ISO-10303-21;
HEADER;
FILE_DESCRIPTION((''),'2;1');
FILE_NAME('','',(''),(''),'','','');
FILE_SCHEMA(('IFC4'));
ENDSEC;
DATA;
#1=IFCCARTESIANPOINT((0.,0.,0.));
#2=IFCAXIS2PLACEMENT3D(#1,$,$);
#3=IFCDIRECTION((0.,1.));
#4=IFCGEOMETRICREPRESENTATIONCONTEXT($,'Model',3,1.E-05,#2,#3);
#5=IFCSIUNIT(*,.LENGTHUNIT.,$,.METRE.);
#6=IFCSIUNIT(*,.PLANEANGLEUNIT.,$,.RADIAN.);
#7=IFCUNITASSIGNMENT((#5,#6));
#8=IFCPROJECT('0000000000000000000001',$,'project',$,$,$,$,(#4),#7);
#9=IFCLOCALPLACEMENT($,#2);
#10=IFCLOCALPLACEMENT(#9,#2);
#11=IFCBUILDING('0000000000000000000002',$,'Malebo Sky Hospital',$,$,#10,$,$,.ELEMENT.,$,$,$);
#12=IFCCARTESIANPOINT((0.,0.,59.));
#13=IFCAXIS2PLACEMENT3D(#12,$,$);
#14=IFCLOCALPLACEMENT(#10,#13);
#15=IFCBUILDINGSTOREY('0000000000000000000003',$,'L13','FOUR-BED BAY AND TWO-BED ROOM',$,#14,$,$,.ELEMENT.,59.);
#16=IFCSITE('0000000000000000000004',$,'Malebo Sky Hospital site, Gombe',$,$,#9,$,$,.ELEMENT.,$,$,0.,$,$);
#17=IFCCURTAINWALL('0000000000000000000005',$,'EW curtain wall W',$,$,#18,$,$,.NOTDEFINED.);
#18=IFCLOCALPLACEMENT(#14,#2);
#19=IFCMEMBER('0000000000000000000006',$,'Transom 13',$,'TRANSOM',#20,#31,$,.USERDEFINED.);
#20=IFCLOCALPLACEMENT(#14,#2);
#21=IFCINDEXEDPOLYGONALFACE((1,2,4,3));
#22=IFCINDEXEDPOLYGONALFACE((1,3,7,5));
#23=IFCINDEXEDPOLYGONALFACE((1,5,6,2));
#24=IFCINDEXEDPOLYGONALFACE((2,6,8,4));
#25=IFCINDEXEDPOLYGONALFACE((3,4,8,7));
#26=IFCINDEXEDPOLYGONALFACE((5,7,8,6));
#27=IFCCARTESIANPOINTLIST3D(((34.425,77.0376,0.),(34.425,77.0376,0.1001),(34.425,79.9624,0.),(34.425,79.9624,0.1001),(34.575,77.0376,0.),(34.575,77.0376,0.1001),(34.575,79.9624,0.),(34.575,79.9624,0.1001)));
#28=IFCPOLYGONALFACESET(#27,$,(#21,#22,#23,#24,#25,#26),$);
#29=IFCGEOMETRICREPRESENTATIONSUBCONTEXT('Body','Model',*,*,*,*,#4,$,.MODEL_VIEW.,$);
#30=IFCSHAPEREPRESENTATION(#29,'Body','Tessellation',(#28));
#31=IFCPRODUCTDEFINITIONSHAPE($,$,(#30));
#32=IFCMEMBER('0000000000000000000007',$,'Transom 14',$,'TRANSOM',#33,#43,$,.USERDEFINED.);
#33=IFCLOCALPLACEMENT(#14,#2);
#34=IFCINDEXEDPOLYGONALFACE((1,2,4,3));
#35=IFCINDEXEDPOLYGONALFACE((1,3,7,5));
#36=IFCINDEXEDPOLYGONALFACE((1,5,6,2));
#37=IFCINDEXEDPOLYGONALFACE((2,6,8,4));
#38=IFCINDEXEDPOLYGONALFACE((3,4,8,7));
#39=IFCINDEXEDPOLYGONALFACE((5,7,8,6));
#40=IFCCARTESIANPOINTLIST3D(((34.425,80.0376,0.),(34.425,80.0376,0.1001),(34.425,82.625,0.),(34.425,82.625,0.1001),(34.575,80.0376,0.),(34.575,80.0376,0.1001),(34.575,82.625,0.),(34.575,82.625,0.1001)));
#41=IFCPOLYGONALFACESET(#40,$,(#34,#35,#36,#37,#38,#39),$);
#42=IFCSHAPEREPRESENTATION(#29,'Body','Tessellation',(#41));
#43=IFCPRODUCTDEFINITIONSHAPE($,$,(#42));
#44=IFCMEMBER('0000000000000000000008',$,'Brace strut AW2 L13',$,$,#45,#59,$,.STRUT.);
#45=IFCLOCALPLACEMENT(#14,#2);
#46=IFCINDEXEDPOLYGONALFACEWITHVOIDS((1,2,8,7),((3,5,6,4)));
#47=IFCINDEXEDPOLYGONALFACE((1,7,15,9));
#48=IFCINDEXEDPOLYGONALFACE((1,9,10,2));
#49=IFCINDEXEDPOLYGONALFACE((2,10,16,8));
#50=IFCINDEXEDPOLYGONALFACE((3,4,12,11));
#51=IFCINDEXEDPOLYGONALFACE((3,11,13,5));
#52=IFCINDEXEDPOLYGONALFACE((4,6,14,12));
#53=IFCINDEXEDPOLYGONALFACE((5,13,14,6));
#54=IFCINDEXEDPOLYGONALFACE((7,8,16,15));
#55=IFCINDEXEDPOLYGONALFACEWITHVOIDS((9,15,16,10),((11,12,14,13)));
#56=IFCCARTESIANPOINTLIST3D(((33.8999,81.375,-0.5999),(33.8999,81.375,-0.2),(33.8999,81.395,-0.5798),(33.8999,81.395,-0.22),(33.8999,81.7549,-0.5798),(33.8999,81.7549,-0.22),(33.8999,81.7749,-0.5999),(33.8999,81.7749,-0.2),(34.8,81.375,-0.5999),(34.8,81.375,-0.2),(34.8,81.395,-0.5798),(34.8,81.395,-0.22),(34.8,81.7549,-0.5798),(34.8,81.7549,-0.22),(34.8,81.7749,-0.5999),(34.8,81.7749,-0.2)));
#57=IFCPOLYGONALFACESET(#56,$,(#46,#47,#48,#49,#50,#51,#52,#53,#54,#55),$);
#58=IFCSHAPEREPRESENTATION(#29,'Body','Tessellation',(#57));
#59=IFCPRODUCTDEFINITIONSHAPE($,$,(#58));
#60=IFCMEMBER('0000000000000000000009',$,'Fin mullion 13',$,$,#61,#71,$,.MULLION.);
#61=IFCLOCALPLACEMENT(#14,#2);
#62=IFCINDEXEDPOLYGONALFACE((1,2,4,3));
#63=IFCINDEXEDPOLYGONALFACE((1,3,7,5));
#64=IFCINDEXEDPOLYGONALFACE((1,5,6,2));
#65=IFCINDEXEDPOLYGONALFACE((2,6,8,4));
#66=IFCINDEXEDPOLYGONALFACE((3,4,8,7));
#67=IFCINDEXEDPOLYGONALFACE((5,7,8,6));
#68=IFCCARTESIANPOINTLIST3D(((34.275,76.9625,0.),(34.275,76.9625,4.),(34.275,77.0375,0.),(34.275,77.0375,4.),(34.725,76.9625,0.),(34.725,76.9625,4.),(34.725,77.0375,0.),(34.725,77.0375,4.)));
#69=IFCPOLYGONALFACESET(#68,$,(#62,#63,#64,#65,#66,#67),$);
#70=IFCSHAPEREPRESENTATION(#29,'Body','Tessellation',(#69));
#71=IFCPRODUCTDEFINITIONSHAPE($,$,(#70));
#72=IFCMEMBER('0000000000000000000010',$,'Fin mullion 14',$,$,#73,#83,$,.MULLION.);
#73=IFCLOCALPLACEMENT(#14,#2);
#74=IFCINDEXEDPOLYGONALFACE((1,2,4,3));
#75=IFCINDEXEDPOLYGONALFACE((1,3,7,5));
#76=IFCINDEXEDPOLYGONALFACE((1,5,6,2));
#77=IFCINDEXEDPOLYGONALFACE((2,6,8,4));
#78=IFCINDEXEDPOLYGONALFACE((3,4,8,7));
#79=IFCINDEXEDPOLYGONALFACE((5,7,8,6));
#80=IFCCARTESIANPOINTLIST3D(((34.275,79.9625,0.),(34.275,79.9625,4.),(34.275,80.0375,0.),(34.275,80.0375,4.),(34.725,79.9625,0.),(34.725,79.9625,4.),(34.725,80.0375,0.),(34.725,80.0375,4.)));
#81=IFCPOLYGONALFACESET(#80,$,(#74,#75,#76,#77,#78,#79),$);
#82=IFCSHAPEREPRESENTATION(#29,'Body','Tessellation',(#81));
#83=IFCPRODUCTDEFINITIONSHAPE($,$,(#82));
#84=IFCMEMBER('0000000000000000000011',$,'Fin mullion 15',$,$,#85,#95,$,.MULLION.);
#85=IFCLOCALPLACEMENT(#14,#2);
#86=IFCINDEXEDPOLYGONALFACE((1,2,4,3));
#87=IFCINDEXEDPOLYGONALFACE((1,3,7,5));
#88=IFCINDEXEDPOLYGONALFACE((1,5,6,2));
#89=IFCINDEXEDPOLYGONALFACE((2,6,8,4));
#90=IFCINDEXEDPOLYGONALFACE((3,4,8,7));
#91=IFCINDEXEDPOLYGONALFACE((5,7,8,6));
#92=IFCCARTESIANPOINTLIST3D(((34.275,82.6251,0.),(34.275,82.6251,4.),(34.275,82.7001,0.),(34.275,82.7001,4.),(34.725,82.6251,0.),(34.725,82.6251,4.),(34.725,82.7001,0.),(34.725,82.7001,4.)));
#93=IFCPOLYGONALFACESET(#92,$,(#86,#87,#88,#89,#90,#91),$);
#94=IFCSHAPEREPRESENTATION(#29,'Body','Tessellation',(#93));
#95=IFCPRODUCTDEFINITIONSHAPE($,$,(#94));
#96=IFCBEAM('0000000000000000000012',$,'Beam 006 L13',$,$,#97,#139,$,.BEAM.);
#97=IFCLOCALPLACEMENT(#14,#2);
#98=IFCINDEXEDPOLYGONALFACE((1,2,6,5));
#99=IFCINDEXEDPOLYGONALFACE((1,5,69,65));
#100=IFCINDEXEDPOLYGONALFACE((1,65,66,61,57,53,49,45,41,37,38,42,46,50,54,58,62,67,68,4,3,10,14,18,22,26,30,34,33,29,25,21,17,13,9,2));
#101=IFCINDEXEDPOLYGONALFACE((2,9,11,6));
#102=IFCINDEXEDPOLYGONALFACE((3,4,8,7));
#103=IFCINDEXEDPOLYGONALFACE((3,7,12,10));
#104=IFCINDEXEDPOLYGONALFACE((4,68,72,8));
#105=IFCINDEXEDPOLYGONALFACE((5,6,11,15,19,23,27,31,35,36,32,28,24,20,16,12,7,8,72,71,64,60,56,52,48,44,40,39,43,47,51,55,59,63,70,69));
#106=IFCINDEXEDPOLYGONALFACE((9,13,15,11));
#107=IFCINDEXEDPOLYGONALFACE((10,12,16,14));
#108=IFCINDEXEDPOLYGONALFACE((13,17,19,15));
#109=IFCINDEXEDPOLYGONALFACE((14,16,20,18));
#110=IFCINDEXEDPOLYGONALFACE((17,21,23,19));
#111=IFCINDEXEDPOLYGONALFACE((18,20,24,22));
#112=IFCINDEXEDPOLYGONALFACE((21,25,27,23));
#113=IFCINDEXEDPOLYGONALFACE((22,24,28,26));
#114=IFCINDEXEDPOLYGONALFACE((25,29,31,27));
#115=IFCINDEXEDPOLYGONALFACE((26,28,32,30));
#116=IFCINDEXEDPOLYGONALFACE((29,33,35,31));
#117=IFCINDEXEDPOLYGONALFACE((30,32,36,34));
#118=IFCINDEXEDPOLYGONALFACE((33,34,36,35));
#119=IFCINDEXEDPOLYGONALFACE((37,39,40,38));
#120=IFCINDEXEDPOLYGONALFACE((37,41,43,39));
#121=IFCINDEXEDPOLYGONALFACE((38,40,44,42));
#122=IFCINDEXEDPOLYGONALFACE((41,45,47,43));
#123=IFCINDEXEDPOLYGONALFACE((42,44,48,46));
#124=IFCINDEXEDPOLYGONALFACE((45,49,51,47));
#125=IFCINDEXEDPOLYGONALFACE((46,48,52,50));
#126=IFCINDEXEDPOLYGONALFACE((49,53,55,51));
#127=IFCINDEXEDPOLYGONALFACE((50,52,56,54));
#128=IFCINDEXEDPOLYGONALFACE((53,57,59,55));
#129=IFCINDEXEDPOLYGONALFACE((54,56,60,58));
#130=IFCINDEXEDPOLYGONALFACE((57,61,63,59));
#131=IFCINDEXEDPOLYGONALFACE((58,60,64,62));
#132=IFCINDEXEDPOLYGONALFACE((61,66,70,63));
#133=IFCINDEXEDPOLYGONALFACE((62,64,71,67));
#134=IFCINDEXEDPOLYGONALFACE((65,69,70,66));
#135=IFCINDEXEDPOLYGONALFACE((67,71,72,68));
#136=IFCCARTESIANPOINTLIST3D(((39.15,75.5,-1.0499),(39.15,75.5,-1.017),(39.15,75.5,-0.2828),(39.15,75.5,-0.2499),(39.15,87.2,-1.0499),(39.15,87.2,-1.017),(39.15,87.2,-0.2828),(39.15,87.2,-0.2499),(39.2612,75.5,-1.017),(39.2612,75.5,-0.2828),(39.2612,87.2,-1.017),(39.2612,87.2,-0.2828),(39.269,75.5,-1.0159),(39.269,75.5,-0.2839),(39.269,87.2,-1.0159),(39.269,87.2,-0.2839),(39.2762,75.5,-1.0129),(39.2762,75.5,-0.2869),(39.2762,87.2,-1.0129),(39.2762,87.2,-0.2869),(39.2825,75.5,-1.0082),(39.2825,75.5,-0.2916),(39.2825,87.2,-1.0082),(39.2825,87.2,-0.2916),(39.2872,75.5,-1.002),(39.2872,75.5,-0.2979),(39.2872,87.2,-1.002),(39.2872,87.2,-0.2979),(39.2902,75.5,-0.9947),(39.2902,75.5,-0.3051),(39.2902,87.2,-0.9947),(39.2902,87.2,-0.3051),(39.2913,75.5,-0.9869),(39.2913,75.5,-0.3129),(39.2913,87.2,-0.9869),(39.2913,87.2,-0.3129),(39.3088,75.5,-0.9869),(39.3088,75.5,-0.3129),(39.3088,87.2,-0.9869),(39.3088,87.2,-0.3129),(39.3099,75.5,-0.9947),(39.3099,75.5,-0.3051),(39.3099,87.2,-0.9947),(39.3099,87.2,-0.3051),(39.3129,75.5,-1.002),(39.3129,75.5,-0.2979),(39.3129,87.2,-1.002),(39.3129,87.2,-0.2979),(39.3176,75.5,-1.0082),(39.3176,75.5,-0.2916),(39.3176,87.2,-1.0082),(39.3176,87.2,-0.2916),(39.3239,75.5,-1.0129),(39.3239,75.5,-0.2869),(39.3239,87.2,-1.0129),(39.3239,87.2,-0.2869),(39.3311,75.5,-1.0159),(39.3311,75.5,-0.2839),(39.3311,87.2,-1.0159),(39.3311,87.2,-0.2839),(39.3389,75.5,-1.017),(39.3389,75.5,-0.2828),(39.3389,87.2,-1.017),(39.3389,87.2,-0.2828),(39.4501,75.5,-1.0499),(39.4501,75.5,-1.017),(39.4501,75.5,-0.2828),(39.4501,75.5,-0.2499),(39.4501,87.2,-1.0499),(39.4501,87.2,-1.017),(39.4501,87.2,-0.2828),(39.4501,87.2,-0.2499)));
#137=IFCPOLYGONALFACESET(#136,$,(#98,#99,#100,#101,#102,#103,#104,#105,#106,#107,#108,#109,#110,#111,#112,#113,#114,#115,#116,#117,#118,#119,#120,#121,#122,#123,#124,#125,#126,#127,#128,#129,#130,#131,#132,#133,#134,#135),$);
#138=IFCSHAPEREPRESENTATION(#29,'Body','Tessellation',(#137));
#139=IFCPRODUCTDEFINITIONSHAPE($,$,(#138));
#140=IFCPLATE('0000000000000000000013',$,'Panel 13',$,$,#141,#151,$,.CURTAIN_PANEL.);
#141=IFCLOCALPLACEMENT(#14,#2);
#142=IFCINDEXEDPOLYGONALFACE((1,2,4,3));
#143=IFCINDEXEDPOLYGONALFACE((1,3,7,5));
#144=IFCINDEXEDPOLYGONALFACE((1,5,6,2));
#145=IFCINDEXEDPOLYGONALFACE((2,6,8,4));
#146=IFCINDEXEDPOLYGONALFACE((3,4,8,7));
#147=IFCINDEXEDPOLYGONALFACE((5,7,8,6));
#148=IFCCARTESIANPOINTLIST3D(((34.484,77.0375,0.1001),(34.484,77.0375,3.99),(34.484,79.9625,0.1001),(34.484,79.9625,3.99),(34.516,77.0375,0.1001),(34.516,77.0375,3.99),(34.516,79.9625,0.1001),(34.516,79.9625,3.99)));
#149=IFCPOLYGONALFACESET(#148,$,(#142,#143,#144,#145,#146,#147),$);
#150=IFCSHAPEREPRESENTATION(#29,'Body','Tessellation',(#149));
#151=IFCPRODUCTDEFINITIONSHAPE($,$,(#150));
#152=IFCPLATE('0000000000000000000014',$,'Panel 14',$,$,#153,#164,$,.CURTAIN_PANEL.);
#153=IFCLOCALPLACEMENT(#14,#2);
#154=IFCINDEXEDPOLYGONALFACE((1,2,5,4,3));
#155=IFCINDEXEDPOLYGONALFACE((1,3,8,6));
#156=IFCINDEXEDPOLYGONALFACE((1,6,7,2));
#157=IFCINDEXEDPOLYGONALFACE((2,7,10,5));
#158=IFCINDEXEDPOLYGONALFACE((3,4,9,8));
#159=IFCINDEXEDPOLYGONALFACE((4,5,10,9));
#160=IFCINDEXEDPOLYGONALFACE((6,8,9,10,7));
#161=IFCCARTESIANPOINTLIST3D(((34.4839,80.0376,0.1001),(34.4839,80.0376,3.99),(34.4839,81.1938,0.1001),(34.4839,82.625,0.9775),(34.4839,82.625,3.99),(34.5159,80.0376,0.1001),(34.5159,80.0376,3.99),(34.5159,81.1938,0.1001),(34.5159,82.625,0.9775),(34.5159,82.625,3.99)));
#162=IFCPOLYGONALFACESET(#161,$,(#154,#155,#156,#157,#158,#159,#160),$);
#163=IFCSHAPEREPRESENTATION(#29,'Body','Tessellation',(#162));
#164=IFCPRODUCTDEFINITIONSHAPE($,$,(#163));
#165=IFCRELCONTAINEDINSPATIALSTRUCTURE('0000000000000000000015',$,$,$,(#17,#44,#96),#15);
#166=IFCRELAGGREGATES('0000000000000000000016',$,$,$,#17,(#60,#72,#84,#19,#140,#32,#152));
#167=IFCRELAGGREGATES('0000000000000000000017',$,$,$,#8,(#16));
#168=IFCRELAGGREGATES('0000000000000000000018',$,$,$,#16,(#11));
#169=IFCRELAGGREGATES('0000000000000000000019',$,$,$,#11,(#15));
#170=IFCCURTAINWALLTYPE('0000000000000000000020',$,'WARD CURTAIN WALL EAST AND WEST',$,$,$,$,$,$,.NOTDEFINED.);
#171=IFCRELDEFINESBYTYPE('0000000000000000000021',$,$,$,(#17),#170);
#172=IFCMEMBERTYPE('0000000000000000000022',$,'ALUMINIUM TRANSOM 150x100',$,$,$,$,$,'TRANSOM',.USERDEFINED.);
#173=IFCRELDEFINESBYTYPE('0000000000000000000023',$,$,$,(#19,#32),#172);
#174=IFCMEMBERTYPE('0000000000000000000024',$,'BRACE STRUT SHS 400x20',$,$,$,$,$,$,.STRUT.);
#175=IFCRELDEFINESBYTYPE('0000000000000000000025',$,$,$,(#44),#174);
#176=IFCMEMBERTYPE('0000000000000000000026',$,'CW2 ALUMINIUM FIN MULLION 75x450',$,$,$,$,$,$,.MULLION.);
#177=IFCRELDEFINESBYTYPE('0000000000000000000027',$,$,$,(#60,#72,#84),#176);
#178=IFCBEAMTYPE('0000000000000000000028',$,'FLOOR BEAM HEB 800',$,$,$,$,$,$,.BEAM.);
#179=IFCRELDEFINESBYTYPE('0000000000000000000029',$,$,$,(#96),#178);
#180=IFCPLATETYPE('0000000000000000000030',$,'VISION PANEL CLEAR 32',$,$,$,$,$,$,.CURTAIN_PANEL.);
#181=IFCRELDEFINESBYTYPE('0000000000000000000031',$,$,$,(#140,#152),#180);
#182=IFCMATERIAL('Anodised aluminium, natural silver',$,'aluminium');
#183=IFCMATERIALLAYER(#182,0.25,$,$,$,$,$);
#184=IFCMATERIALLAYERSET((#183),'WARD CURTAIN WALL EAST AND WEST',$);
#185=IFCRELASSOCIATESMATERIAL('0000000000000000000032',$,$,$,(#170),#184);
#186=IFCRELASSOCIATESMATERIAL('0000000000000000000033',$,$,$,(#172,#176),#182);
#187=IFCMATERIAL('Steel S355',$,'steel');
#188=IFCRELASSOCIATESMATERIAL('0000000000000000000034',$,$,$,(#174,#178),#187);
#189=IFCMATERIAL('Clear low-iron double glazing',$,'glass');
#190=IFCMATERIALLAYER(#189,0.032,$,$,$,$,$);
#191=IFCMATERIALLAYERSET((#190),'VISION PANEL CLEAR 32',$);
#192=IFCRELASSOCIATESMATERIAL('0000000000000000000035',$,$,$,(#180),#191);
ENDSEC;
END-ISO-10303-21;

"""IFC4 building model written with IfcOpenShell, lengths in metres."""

from ifc_helpers import new_model, si_unit, direction, frame, origin, origin_2d, place, context, subcontext, project, spatial, polyline, rectangle, hollow_rectangle, i_section, outline, extrude, material, layer, layer_set, material_profile, profile_set, type_object, element, aggregate, save


model = new_model("IFC4")

# Units and contexts
model_context = context("Model", 3, precision=1e-05, world=origin(), true_north=direction((0.0, 1.0)))
body_context = subcontext(model_context, "Body", "Model", "MODEL_VIEW")
ifc_project = project(units=[si_unit("LENGTHUNIT", "METRE"), si_unit("PLANEANGLEUNIT", "RADIAN")], contexts=[model_context])

# Site, building, storey
site_placement = place(None, origin())
site = spatial("IfcSite", under=ifc_project, at=site_placement, Name="Malebo Sky Hospital site, Gombe", CompositionType="ELEMENT", RefElevation=0.0)
building_placement = place(site_placement, origin())
building = spatial("IfcBuilding", under=site, at=building_placement, Name="Malebo Sky Hospital", CompositionType="ELEMENT")
storey_placement = place(building_placement, frame((0.0, 0.0, 59.0)))
storey = spatial("IfcBuildingStorey", under=building, at=storey_placement, Name="L13", Description="FOUR-BED BAY AND TWO-BED ROOM", CompositionType="ELEMENT", Elevation=59.0)

# Curtain wall, members
ifc_material_1 = material(Name="Anodised aluminium, natural silver", Category="aluminium")
ifc_layer_1 = layer(ifc_material_1, 0.25)
ifc_layer_set_1 = layer_set([ifc_layer_1], Name="WARD CURTAIN WALL EAST AND WEST")
curtain_wall_type = type_object("IfcCurtainWallType", Name="WARD CURTAIN WALL EAST AND WEST", PredefinedType="NOTDEFINED", material=ifc_layer_set_1)
curtain_wall_placement = place(storey_placement, origin())
curtain_wall = element("IfcCurtainWall", 1, at=curtain_wall_placement, inside=storey, type_object=curtain_wall_type, Name="EW curtain wall W", PredefinedType="NOTDEFINED")
ifc_material_profile_1 = material_profile(ifc_material_1, rectangle(XDim=0.1499, YDim=0.1001, at=origin_2d()), Name="ALUMINIUM TRANSOM 150x100")
ifc_profile_set_1 = profile_set([ifc_material_profile_1], Name="Anodised aluminium, natural silver")
member_type_1 = type_object("IfcMemberType", Name="ALUMINIUM TRANSOM 150x100", ElementType="TRANSOM", PredefinedType="USERDEFINED", material=ifc_profile_set_1)
member_1_placement = place(storey_placement, frame((34.5, 77.0376, 0.05), z_axis=(0.0, 1.0, 0.0), x_axis=(-1.0, 0.0, 0.0)))
member_1 = element("IfcMember", 2, at=member_1_placement, type_object=member_type_1, Name="Transom 13", ObjectType="TRANSOM", PredefinedType="USERDEFINED", context=body_context, shape_type="SweptSolid", body=[
    extrude(rectangle(XDim=0.1499, YDim=0.1001, at=origin_2d()), origin(), (0.0, 0.0, 1.0), 2.9248),
])
member_2_placement = place(storey_placement, frame((34.5, 80.0376, 0.05), z_axis=(0.0, 1.0, 0.0), x_axis=(-1.0, 0.0, 0.0)))
member_2 = element("IfcMember", 3, at=member_2_placement, type_object=member_type_1, Name="Transom 14", ObjectType="TRANSOM", PredefinedType="USERDEFINED", context=body_context, shape_type="SweptSolid", body=[
    extrude(rectangle(XDim=0.1499, YDim=0.1001, at=origin_2d()), origin(), (0.0, 0.0, 1.0), 2.5874),
])

# Members
ifc_material_2 = material(Name="Steel S355", Category="steel")
ifc_material_profile_2 = material_profile(ifc_material_2, hollow_rectangle(XDim=0.3999, YDim=0.3999, WallThickness=0.02, at=origin_2d()), Name="SHS 400x20")
ifc_profile_set_2 = profile_set([ifc_material_profile_2], Name="Steel S355")
member_type_2 = type_object("IfcMemberType", Name="BRACE STRUT SHS 400x20", PredefinedType="STRUT", material=ifc_profile_set_2)
member_3_placement = place(storey_placement, frame((33.8999, 81.575, -0.3999), z_axis=(1.0, 0.0, 0.0), x_axis=(0.0, 1.0, 0.0)))
element("IfcMember", 4, at=member_3_placement, inside=storey, type_object=member_type_2, Name="Brace strut AW2 L13", PredefinedType="STRUT", context=body_context, shape_type="SweptSolid", body=[
    extrude(hollow_rectangle(XDim=0.3999, YDim=0.3999, WallThickness=0.02, at=origin_2d()), origin(), (0.0, 0.0, 1.0), 0.9001),
])
ifc_material_profile_3 = material_profile(ifc_material_1, rectangle(XDim=0.075, YDim=0.45, at=origin_2d()), Name="CW2 ALUMINIUM FIN MULLION 75x450")
ifc_profile_set_3 = profile_set([ifc_material_profile_3], Name="Anodised aluminium, natural silver")
member_type_3 = type_object("IfcMemberType", Name="CW2 ALUMINIUM FIN MULLION 75x450", PredefinedType="MULLION", material=ifc_profile_set_3)
member_4_placement = place(storey_placement, frame((34.5, 77.0, 0.0), z_axis=(0.0, 0.0, 1.0), x_axis=(0.0, 1.0, 0.0)))
member_4 = element("IfcMember", 5, at=member_4_placement, type_object=member_type_3, Name="Fin mullion 13", PredefinedType="MULLION", context=body_context, shape_type="SweptSolid", body=[
    extrude(rectangle(XDim=0.075, YDim=0.45, at=origin_2d()), origin(), (0.0, 0.0, 1.0), 4.0),
])
member_5_placement = place(storey_placement, frame((34.5, 80.0, 0.0), z_axis=(0.0, 0.0, 1.0), x_axis=(0.0, 1.0, 0.0)))
member_5 = element("IfcMember", 6, at=member_5_placement, type_object=member_type_3, Name="Fin mullion 14", PredefinedType="MULLION", context=body_context, shape_type="SweptSolid", body=[
    extrude(rectangle(XDim=0.075, YDim=0.45, at=origin_2d()), origin(), (0.0, 0.0, 1.0), 4.0),
])
member_6_placement = place(storey_placement, frame((34.5, 82.6626, 0.0), z_axis=(0.0, 0.0, 1.0), x_axis=(0.0, 1.0, 0.0)))
member_6 = element("IfcMember", 7, at=member_6_placement, type_object=member_type_3, Name="Fin mullion 15", PredefinedType="MULLION", context=body_context, shape_type="SweptSolid", body=[
    extrude(rectangle(XDim=0.075, YDim=0.45, at=origin_2d()), origin(), (0.0, 0.0, 1.0), 4.0),
])

# Beam
ifc_material_profile_4 = material_profile(ifc_material_2, i_section(OverallWidth=0.3, OverallDepth=0.8, WebThickness=0.0176, FlangeThickness=0.033, FilletRadius=0.03, at=origin_2d()), Name="HEB 800")
ifc_profile_set_4 = profile_set([ifc_material_profile_4], Name="Steel S355")
beam_type = type_object("IfcBeamType", Name="FLOOR BEAM HEB 800", PredefinedType="BEAM", material=ifc_profile_set_4)
beam_placement = place(storey_placement, frame((39.3, 75.5, -0.6499), z_axis=(0.0, 1.0, 0.0), x_axis=(-1.0, 0.0, 0.0)))
element("IfcBeam", 8, at=beam_placement, inside=storey, type_object=beam_type, Name="Beam 006 L13", PredefinedType="BEAM", context=body_context, shape_type="SweptSolid", body=[
    extrude(i_section(OverallWidth=0.3, OverallDepth=0.8, WebThickness=0.0176, FlangeThickness=0.033, FilletRadius=0.03, at=origin_2d()), origin(), (0.0, 0.0, 1.0), 11.7),
])

# Plates
ifc_material_3 = material(Name="Clear low-iron double glazing", Category="glass")
ifc_layer_2 = layer(ifc_material_3, 0.032)
ifc_layer_set_2 = layer_set([ifc_layer_2], Name="VISION PANEL CLEAR 32")
plate_type = type_object("IfcPlateType", Name="VISION PANEL CLEAR 32", PredefinedType="CURTAIN_PANEL", material=ifc_layer_set_2)
plate_1_placement = place(storey_placement, frame((34.5, 78.5, 0.1001), z_axis=(0.0, 0.0, 1.0), x_axis=(0.0, 1.0, 0.0)))
plate_1 = element("IfcPlate", 9, at=plate_1_placement, type_object=plate_type, Name="Panel 13", PredefinedType="CURTAIN_PANEL", context=body_context, shape_type="SweptSolid", body=[
    extrude(rectangle(XDim=2.925, YDim=0.032, at=origin_2d()), origin(), (0.0, 0.0, 1.0), 3.8899),
])
plate_2_placement = place(storey_placement, frame((34.5, 81.3313, 0.1001), z_axis=(0.0, 0.0, 1.0), x_axis=(0.0, 1.0, 0.0)))
plate_2 = element("IfcPlate", 10, at=plate_2_placement, type_object=plate_type, Name="Panel 14", PredefinedType="CURTAIN_PANEL", context=body_context, shape_type="SweptSolid", body=[
    extrude(outline(polyline([(-1.2937, 0.0), (-0.1375, 0.0), (1.2937, 0.8774), (1.2937, 3.8899), (-1.2937, 3.8899), (-1.2937, 0.0)])), frame((0.0, 0.0161, 0.0), z_axis=(0.0, -1.0, 0.0), x_axis=(1.0, 0.0, 0.0)), (0.0, 0.0, 1.0), 0.032),
])
aggregate(curtain_wall, [member_4, member_5, member_6, member_1, plate_1, member_2, plate_2])

save(model, "model.ifc")
